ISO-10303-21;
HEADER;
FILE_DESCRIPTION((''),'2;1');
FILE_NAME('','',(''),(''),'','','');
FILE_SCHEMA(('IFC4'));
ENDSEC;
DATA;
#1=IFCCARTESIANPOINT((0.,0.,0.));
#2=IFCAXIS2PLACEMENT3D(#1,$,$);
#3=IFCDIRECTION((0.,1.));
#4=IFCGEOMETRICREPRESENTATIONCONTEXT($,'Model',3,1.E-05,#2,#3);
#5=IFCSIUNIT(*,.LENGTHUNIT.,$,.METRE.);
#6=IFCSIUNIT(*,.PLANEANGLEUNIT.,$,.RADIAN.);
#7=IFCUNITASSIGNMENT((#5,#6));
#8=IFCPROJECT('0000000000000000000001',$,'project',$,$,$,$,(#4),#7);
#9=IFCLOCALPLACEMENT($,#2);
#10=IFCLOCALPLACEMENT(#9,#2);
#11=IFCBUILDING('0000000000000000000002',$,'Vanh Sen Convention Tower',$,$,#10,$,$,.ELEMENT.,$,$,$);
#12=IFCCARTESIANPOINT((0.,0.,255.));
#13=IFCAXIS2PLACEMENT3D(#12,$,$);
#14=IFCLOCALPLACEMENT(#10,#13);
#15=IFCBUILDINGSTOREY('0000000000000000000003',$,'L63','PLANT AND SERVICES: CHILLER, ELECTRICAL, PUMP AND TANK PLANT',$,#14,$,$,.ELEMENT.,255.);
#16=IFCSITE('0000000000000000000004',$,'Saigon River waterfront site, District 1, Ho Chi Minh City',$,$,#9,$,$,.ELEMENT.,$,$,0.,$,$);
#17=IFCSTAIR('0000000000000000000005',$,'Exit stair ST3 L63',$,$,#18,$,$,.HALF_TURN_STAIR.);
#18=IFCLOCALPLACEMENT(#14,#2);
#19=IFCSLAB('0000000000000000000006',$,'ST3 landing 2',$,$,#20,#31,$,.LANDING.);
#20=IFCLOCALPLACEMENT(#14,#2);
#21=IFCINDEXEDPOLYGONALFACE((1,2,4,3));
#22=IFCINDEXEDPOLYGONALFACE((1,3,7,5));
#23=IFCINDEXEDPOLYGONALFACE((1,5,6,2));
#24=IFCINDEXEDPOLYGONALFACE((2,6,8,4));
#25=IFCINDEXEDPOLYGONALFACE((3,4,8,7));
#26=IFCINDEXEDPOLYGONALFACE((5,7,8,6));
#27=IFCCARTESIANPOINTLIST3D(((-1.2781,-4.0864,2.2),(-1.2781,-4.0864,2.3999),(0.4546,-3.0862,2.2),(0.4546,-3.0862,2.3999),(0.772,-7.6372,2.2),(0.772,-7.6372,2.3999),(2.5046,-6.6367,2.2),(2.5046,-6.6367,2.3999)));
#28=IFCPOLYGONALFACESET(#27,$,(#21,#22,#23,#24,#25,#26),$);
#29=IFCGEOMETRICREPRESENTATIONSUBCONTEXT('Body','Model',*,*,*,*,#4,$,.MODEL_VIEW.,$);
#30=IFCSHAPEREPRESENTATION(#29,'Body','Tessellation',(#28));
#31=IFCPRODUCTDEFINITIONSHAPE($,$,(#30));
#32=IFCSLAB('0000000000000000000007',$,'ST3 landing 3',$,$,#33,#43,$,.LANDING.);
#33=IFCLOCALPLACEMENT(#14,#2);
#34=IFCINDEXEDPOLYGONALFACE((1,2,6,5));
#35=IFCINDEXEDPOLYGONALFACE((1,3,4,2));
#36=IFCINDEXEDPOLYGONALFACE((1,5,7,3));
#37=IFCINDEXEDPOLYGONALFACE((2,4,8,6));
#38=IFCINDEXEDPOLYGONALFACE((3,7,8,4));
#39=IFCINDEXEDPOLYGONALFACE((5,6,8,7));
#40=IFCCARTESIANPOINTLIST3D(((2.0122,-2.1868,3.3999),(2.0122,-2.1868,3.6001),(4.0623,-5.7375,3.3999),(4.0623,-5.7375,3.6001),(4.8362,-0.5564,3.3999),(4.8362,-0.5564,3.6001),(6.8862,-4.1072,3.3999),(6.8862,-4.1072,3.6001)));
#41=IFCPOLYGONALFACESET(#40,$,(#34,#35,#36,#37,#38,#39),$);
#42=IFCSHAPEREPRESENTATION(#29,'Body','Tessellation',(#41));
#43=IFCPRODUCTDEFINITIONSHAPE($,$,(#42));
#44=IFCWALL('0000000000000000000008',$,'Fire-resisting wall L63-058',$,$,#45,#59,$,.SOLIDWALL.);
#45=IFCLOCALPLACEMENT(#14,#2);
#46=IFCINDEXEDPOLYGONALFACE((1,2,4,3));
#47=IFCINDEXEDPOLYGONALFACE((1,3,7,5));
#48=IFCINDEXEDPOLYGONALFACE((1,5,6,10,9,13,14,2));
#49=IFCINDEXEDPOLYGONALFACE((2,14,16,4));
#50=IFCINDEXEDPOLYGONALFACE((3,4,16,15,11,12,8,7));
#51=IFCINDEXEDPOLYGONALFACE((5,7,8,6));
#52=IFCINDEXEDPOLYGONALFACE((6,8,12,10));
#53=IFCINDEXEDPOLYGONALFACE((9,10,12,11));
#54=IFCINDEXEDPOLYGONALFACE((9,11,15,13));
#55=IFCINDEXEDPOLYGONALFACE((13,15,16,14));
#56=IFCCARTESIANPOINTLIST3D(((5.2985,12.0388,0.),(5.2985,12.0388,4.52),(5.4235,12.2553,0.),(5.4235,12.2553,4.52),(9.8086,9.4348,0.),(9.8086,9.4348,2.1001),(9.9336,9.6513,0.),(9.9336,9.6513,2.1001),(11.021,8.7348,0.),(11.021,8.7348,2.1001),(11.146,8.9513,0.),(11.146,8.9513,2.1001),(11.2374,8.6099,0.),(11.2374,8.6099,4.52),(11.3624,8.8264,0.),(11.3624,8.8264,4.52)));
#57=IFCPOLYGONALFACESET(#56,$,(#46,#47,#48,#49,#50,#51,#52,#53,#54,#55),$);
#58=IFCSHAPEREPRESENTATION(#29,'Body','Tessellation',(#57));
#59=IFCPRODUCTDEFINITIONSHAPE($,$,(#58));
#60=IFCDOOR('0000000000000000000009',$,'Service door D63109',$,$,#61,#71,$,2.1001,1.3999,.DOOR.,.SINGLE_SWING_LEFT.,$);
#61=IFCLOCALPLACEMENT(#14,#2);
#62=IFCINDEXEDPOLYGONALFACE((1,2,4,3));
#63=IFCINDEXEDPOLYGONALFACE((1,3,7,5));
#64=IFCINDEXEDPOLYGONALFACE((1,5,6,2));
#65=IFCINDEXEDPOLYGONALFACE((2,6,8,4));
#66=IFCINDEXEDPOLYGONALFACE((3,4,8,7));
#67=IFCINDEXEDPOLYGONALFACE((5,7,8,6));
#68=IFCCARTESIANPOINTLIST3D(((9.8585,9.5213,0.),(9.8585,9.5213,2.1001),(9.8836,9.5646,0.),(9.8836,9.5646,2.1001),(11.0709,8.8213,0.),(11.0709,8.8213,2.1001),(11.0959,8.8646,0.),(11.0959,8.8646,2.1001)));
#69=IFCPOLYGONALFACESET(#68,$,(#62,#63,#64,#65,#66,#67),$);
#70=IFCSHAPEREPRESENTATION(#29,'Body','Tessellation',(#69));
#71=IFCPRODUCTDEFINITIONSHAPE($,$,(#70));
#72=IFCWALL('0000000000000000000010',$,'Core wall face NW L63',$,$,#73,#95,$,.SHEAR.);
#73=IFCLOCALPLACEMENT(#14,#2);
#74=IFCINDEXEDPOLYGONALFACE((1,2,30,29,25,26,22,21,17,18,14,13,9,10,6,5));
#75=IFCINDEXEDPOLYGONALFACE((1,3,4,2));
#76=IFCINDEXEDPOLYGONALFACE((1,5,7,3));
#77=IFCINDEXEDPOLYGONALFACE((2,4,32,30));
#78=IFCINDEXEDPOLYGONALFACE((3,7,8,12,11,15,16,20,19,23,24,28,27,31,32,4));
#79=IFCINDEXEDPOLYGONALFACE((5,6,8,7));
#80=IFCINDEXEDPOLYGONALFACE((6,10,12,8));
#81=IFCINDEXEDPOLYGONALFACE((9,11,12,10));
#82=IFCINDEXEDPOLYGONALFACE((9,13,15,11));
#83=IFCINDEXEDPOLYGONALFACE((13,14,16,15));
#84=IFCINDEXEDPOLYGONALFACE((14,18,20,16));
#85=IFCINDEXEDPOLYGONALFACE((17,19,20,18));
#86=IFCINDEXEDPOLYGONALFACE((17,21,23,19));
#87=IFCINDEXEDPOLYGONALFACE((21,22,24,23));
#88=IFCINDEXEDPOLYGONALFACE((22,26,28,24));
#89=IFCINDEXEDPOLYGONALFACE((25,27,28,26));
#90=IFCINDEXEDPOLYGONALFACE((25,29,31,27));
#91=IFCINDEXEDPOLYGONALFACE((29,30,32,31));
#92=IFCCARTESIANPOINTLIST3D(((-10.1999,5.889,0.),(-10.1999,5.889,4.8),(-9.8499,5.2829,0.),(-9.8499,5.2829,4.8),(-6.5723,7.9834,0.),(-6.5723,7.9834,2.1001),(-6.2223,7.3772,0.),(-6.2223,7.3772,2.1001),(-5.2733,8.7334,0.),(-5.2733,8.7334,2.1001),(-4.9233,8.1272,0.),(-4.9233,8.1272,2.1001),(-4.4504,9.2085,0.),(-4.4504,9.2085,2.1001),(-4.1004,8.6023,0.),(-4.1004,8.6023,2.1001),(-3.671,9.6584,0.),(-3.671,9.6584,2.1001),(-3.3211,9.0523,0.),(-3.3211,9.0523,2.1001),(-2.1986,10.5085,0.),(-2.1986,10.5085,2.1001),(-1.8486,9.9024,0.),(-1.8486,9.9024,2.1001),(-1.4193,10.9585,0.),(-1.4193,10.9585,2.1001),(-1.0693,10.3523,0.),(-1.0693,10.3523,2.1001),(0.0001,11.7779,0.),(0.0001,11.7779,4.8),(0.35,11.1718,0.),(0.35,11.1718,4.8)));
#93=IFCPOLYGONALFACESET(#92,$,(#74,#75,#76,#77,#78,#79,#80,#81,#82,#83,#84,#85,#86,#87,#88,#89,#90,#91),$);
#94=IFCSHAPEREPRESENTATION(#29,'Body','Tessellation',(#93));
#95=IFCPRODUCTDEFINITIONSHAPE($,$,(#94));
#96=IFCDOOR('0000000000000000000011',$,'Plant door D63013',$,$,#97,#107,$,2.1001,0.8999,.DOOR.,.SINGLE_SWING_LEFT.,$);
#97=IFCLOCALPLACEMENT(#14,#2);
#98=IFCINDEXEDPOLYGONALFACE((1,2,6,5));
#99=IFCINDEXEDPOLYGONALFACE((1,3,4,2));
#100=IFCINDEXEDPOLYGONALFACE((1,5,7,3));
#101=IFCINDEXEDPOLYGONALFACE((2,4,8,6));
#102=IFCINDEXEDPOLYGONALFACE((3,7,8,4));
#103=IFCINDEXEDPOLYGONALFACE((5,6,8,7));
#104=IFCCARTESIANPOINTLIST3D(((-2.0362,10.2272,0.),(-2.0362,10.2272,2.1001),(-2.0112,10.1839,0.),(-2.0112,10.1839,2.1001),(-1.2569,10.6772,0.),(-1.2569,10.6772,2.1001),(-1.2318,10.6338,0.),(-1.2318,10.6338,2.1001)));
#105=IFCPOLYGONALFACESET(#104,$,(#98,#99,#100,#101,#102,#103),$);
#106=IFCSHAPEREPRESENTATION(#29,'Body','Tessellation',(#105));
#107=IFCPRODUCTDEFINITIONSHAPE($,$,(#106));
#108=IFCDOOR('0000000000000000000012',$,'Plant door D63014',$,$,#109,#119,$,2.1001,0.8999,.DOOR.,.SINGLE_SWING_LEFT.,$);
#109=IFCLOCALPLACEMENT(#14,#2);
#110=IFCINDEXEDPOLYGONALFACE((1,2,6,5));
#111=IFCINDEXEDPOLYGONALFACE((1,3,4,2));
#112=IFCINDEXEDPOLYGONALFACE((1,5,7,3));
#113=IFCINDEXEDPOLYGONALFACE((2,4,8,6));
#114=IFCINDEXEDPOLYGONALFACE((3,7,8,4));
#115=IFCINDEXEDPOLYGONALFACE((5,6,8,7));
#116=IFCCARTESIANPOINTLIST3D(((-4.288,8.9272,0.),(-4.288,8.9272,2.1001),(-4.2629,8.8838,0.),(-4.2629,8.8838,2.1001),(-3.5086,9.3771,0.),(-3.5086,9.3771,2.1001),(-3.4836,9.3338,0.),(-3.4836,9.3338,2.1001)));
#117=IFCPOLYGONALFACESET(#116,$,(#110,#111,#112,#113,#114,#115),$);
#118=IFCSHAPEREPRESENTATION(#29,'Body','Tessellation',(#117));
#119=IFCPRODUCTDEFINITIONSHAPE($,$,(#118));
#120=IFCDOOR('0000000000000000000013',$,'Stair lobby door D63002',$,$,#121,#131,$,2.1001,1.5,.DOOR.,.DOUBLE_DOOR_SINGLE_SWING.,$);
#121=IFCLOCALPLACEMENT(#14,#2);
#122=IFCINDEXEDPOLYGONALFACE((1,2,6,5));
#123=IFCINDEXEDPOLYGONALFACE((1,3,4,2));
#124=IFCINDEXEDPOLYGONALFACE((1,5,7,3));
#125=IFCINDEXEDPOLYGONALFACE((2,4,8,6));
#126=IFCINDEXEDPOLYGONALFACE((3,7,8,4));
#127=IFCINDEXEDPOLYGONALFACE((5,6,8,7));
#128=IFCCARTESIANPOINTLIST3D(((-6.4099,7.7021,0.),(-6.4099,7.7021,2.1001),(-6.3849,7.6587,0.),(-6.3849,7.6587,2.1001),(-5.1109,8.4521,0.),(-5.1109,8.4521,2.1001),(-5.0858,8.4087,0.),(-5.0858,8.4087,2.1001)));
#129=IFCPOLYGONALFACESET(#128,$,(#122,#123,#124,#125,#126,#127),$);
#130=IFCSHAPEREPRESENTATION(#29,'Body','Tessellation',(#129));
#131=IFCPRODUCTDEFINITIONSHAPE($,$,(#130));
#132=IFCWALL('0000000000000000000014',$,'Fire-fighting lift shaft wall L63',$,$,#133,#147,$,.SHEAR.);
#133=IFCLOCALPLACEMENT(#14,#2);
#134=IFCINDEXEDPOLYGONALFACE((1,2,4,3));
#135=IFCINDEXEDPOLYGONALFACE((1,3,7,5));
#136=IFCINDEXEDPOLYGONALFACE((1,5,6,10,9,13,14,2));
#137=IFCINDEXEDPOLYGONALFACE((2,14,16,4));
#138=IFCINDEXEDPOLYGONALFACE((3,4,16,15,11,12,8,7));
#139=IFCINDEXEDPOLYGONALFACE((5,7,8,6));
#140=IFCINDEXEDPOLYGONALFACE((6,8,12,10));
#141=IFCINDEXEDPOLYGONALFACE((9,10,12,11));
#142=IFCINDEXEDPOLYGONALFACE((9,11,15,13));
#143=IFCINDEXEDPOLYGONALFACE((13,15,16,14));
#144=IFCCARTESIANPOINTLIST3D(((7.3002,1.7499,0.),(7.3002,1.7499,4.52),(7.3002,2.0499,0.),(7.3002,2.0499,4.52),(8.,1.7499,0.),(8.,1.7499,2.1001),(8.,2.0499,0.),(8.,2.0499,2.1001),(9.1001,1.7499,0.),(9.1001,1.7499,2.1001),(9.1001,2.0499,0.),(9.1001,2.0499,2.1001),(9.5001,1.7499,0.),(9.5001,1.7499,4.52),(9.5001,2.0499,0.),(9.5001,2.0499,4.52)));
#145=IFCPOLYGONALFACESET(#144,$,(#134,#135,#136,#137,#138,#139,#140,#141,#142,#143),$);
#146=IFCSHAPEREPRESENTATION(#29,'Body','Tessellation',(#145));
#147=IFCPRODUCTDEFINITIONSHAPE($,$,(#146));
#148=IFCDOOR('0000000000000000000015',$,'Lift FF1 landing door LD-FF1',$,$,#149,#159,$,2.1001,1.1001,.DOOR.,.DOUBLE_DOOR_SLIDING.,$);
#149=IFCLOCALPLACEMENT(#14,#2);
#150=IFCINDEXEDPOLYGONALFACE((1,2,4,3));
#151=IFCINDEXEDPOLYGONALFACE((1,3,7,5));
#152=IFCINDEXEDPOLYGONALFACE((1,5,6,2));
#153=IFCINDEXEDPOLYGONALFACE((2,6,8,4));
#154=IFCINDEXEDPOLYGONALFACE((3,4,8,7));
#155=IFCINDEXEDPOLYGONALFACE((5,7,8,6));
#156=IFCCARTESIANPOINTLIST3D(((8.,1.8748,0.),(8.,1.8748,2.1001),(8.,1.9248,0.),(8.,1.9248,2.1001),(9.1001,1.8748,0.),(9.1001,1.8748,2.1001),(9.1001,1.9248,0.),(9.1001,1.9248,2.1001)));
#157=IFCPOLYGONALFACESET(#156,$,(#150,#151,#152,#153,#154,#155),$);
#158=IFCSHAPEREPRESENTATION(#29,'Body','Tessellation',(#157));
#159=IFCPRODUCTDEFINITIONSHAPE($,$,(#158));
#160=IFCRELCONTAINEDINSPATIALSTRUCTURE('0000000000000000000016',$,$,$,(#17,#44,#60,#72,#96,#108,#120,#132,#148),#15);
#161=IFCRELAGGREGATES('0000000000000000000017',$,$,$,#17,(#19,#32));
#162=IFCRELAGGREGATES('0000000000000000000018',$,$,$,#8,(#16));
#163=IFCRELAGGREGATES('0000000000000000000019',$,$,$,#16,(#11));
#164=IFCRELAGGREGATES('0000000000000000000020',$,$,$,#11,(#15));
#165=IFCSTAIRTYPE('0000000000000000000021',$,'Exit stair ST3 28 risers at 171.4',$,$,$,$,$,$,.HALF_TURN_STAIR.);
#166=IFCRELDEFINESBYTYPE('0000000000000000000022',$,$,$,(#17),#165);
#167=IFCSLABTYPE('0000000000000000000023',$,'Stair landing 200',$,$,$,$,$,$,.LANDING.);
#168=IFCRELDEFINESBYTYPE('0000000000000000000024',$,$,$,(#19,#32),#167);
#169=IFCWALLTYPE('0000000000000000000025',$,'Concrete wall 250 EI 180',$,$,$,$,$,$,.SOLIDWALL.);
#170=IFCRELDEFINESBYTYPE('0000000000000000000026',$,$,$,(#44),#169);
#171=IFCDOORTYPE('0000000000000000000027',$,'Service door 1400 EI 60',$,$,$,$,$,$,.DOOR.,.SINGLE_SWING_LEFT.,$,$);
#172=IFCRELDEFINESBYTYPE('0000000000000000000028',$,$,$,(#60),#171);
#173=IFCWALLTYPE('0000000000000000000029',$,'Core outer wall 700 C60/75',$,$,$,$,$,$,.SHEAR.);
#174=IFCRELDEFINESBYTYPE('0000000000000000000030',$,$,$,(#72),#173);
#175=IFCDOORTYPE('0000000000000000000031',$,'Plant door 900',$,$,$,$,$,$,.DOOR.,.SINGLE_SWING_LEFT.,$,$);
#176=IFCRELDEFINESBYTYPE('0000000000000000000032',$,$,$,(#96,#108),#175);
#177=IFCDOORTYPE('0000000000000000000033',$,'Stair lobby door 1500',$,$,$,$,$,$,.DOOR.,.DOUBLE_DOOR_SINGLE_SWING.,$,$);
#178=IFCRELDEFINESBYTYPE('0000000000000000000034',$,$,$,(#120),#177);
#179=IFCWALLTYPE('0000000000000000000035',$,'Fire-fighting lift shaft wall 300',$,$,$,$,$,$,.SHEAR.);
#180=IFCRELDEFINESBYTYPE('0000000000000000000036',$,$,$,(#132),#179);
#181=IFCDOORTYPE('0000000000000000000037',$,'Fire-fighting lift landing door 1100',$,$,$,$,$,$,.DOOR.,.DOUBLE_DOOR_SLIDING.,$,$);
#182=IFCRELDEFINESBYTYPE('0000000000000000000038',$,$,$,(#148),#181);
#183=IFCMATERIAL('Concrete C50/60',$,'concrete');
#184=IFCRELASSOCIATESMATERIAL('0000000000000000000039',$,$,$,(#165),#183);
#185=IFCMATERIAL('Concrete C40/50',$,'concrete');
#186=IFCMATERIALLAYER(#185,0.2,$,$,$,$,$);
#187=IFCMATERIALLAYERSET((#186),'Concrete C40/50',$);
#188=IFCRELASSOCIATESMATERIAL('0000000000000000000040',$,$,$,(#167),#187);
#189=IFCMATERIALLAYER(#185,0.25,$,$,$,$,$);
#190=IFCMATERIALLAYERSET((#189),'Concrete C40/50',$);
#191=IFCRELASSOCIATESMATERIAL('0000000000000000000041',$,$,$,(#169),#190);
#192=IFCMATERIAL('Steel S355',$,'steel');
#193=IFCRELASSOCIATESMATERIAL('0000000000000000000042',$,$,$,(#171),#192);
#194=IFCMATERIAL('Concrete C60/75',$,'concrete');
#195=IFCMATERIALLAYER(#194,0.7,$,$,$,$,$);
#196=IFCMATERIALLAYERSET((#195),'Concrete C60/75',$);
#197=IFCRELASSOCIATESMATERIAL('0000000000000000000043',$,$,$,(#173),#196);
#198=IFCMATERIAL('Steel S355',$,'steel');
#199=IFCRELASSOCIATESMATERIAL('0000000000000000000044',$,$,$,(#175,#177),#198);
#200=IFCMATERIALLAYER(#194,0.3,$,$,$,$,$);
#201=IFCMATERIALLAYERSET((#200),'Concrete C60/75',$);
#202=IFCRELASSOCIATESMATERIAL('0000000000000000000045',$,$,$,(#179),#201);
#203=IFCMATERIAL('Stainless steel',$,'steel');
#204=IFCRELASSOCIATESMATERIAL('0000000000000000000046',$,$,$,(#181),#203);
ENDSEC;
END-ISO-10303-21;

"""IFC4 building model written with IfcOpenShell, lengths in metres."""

from ifc_helpers import new_model, si_unit, direction, frame, frame_2d, origin, place, context, subcontext, project, spatial, polyline, rectangle, outline, extrude, material, layer, layer_set, type_object, element, fill, aggregate, save


model = new_model("IFC4")

# Units and contexts
model_context = context("Model", 3, precision=1e-05, world=origin(), true_north=direction((0.0, 1.0)))
body_context = subcontext(model_context, "Body", "Model", "MODEL_VIEW")
ifc_project = project(units=[si_unit("LENGTHUNIT", "METRE"), si_unit("PLANEANGLEUNIT", "RADIAN")], contexts=[model_context])

# Site, building, storey
site_placement = place(None, origin())
site = spatial("IfcSite", under=ifc_project, at=site_placement, Name="Saigon River waterfront site, District 1, Ho Chi Minh City", CompositionType="ELEMENT", RefElevation=0.0)
building_placement = place(site_placement, origin())
building = spatial("IfcBuilding", under=site, at=building_placement, Name="Vanh Sen Convention Tower", CompositionType="ELEMENT")
storey_placement = place(building_placement, frame((0.0, 0.0, 255.0)))
storey = spatial("IfcBuildingStorey", under=building, at=storey_placement, Name="L63", Description="PLANT AND SERVICES: CHILLER, ELECTRICAL, PUMP AND TANK PLANT", CompositionType="ELEMENT", Elevation=255.0)

# Stair, slabs
ifc_material_1 = material(Name="Concrete C50/60", Category="concrete")
stair_type = type_object("IfcStairType", Name="Exit stair ST3 28 risers at 171.4", PredefinedType="HALF_TURN_STAIR", material=ifc_material_1)
stair_placement = place(storey_placement, origin())
stair = element("IfcStair", 1, at=stair_placement, inside=storey, type_object=stair_type, Name="Exit stair ST3 L63", PredefinedType="HALF_TURN_STAIR")
ifc_material_2 = material(Name="Concrete C40/50", Category="concrete")
ifc_layer_1 = layer(ifc_material_2, 0.2)
ifc_layer_set_1 = layer_set([ifc_layer_1], Name="Concrete C40/50")
slab_type = type_object("IfcSlabType", Name="Stair landing 200", PredefinedType="LANDING", material=ifc_layer_set_1)
slab_1_placement = place(storey_placement, frame((0.0, 0.0, 2.2)))
slab_1 = element("IfcSlab", 2, at=slab_1_placement, type_object=slab_type, Name="ST3 landing 2", PredefinedType="LANDING", context=body_context, shape_type="SweptSolid", body=[
    extrude(outline(polyline([(0.772, -7.6372), (2.5046, -6.6367), (0.4546, -3.0862), (-1.2781, -4.0864), (0.772, -7.6372)])), origin(), (0.0, 0.0, 1.0), 0.2),
])
slab_2_placement = place(storey_placement, frame((0.0, 0.0, 3.3999)))
slab_2 = element("IfcSlab", 3, at=slab_2_placement, type_object=slab_type, Name="ST3 landing 3", PredefinedType="LANDING", context=body_context, shape_type="SweptSolid", body=[
    extrude(outline(polyline([(4.0623, -5.7375), (6.8862, -4.1072), (4.8362, -0.5564), (2.0122, -2.1868), (4.0623, -5.7375)])), origin(), (0.0, 0.0, 1.0), 0.2002),
])
aggregate(stair, [slab_1, slab_2])

# Wall, opening, door
ifc_layer_2 = layer(ifc_material_2, 0.25)
ifc_layer_set_2 = layer_set([ifc_layer_2], Name="Concrete C40/50")
wall_type_1 = type_object("IfcWallType", Name="Concrete wall 250 EI 180", PredefinedType="SOLIDWALL", material=ifc_layer_set_2)
wall_1_placement = place(storey_placement, frame((5.3611, 12.147, 0.0), z_axis=(0.0, 0.0, 1.0), x_axis=(0.86602, -0.50001, 0.0)))
wall_1 = element("IfcWall", 4, at=wall_1_placement, inside=storey, type_object=wall_type_1, Name="Fire-resisting wall L63-058", PredefinedType="SOLIDWALL", context=body_context, shape_type="SweptSolid", body=[
    extrude(rectangle(XDim=6.8577, YDim=0.25, at=frame_2d((3.4287, 0.0))), origin(), (0.0, 0.0, 1.0), 4.52),
])
opening_1_placement = place(wall_1_placement, frame((5.2078, 0.0, 0.0)))
opening_1 = element("IfcOpeningElement", 5, at=opening_1_placement, cuts=wall_1, PredefinedType="OPENING", context=body_context, shape_type="SweptSolid", body=[
    extrude(rectangle(XDim=1.3999, YDim=2.1001, at=frame_2d((0.7, 1.05))), frame((0.0, 0.135, 0.0), z_axis=(0.0, -1.0, 0.0), x_axis=(1.0, 0.0, 0.0)), (0.0, 0.0, 1.0), 0.27),
])
ifc_material_3 = material(Name="Steel S355", Category="steel")
door_type_1 = type_object("IfcDoorType", Name="Service door 1400 EI 60", OperationType="SINGLE_SWING_LEFT", PredefinedType="DOOR", material=ifc_material_3)
door_1_placement = place(opening_1_placement, origin())
door_1 = element("IfcDoor", 6, at=door_1_placement, inside=storey, type_object=door_type_1, Name="Service door D63109", OperationType="SINGLE_SWING_LEFT", OverallHeight=2.1001, OverallWidth=1.3999, PredefinedType="DOOR", context=body_context, shape_type="SweptSolid", body=[
    extrude(rectangle(XDim=1.3999, YDim=2.1001, at=frame_2d((0.7, 1.05))), frame((0.0, 0.0249, 0.0), z_axis=(0.0, -1.0, 0.0), x_axis=(1.0, 0.0, 0.0)), (0.0, 0.0, 1.0), 0.05),
])
fill(opening_1, door_1)

# Wall, openings, doors
ifc_material_4 = material(Name="Concrete C60/75", Category="concrete")
ifc_layer_3 = layer(ifc_material_4, 0.7)
ifc_layer_set_3 = layer_set([ifc_layer_3], Name="Concrete C60/75")
wall_type_2 = type_object("IfcWallType", Name="Core outer wall 700 C60/75", PredefinedType="SHEAR", material=ifc_layer_set_3)
wall_2_placement = place(storey_placement, frame((0.175, 11.4749, 0.0), z_axis=(0.0, 0.0, 1.0), x_axis=(-0.866026, -0.499998, 0.0)))
wall_2 = element("IfcWall", 7, at=wall_2_placement, inside=storey, type_object=wall_type_2, Name="Core wall face NW L63", PredefinedType="SHEAR", context=body_context, shape_type="SweptSolid", body=[
    extrude(rectangle(XDim=11.7778, YDim=0.7, at=frame_2d((5.8889, 0.0))), origin(), (0.0, 0.0, 1.0), 4.8),
])
opening_2_placement = place(wall_2_placement, frame((6.0891, 0.0, 0.0)))
opening_2 = element("IfcOpeningElement", 8, at=opening_2_placement, cuts=wall_2, PredefinedType="OPENING", context=body_context, shape_type="SweptSolid", body=[
    extrude(rectangle(XDim=1.5, YDim=2.1001, at=frame_2d((0.75, 1.05))), frame((0.0, 0.3599, 0.0), z_axis=(0.0, -1.0, 0.0), x_axis=(1.0, 0.0, 0.0)), (0.0, 0.0, 1.0), 0.72),
])
opening_3_placement = place(wall_2_placement, frame((1.6389, 0.0, 0.0)))
opening_3 = element("IfcOpeningElement", 9, at=opening_3_placement, cuts=wall_2, PredefinedType="OPENING", context=body_context, shape_type="SweptSolid", body=[
    extrude(rectangle(XDim=0.8999, YDim=2.1001, at=frame_2d((0.45, 1.05))), frame((0.0, 0.3599, 0.0), z_axis=(0.0, -1.0, 0.0), x_axis=(1.0, 0.0, 0.0)), (0.0, 0.0, 1.0), 0.72),
])
opening_4_placement = place(wall_2_placement, frame((4.239, 0.0, 0.0)))
opening_4 = element("IfcOpeningElement", 10, at=opening_4_placement, cuts=wall_2, PredefinedType="OPENING", context=body_context, shape_type="SweptSolid", body=[
    extrude(rectangle(XDim=0.8999, YDim=2.1001, at=frame_2d((0.45, 1.05))), frame((0.0, 0.3599, 0.0), z_axis=(0.0, -1.0, 0.0), x_axis=(1.0, 0.0, 0.0)), (0.0, 0.0, 1.0), 0.72),
])
ifc_material_5 = material(Name="Steel S355", Category="steel")
door_type_2 = type_object("IfcDoorType", Name="Plant door 900", OperationType="SINGLE_SWING_LEFT", PredefinedType="DOOR", material=ifc_material_5)
door_2_placement = place(opening_3_placement, origin())
door_2 = element("IfcDoor", 11, at=door_2_placement, inside=storey, type_object=door_type_2, Name="Plant door D63013", OperationType="SINGLE_SWING_LEFT", OverallHeight=2.1001, OverallWidth=0.8999, PredefinedType="DOOR", context=body_context, shape_type="SweptSolid", body=[
    extrude(rectangle(XDim=0.8999, YDim=2.1001, at=frame_2d((0.45, 1.05))), frame((0.0, 0.0249, 0.0), z_axis=(0.0, -1.0, 0.0), x_axis=(1.0, 0.0, 0.0)), (0.0, 0.0, 1.0), 0.05),
])
fill(opening_3, door_2)
door_3_placement = place(opening_4_placement, origin())
door_3 = element("IfcDoor", 12, at=door_3_placement, inside=storey, type_object=door_type_2, Name="Plant door D63014", OperationType="SINGLE_SWING_LEFT", OverallHeight=2.1001, OverallWidth=0.8999, PredefinedType="DOOR", context=body_context, shape_type="SweptSolid", body=[
    extrude(rectangle(XDim=0.8999, YDim=2.1001, at=frame_2d((0.45, 1.05))), frame((0.0, 0.0249, 0.0), z_axis=(0.0, -1.0, 0.0), x_axis=(1.0, 0.0, 0.0)), (0.0, 0.0, 1.0), 0.05),
])
fill(opening_4, door_3)
door_type_3 = type_object("IfcDoorType", Name="Stair lobby door 1500", OperationType="DOUBLE_DOOR_SINGLE_SWING", PredefinedType="DOOR", material=ifc_material_5)
door_4_placement = place(opening_2_placement, origin())
door_4 = element("IfcDoor", 13, at=door_4_placement, inside=storey, type_object=door_type_3, Name="Stair lobby door D63002", OperationType="DOUBLE_DOOR_SINGLE_SWING", OverallHeight=2.1001, OverallWidth=1.5, PredefinedType="DOOR", context=body_context, shape_type="SweptSolid", body=[
    extrude(rectangle(XDim=1.5, YDim=2.1001, at=frame_2d((0.75, 1.05))), frame((0.0, 0.0249, 0.0), z_axis=(0.0, -1.0, 0.0), x_axis=(1.0, 0.0, 0.0)), (0.0, 0.0, 1.0), 0.05),
])
fill(opening_2, door_4)

# Wall, opening, door
ifc_layer_4 = layer(ifc_material_4, 0.3)
ifc_layer_set_4 = layer_set([ifc_layer_4], Name="Concrete C60/75")
wall_type_3 = type_object("IfcWallType", Name="Fire-fighting lift shaft wall 300", PredefinedType="SHEAR", material=ifc_layer_set_4)
wall_3_placement = place(storey_placement, frame((7.3, 1.8999, 0.0), z_axis=(0.0, 0.0, 1.0), x_axis=(1.0, 0.0, 0.0)))
wall_3 = element("IfcWall", 14, at=wall_3_placement, inside=storey, type_object=wall_type_3, Name="Fire-fighting lift shaft wall L63", PredefinedType="SHEAR", context=body_context, shape_type="SweptSolid", body=[
    extrude(rectangle(XDim=2.2, YDim=0.3, at=frame_2d((1.1001, 0.0))), origin(), (0.0, 0.0, 1.0), 4.52),
])
opening_5_placement = place(wall_3_placement, frame((0.7, 0.0, 0.0)))
opening_5 = element("IfcOpeningElement", 15, at=opening_5_placement, cuts=wall_3, PredefinedType="OPENING", context=body_context, shape_type="SweptSolid", body=[
    extrude(rectangle(XDim=1.1001, YDim=2.1001, at=frame_2d((0.55, 1.05))), frame((0.0, 0.1599, 0.0), z_axis=(0.0, -1.0, 0.0), x_axis=(1.0, 0.0, 0.0)), (0.0, 0.0, 1.0), 0.3201),
])
ifc_material_6 = material(Name="Stainless steel", Category="steel")
door_type_4 = type_object("IfcDoorType", Name="Fire-fighting lift landing door 1100", OperationType="DOUBLE_DOOR_SLIDING", PredefinedType="DOOR", material=ifc_material_6)
door_5_placement = place(opening_5_placement, origin())
door_5 = element("IfcDoor", 16, at=door_5_placement, inside=storey, type_object=door_type_4, Name="Lift FF1 landing door LD-FF1", OperationType="DOUBLE_DOOR_SLIDING", OverallHeight=2.1001, OverallWidth=1.1001, PredefinedType="DOOR", context=body_context, shape_type="SweptSolid", body=[
    extrude(rectangle(XDim=1.1001, YDim=2.1001, at=frame_2d((0.55, 1.05))), frame((0.0, 0.0249, 0.0), z_axis=(0.0, -1.0, 0.0), x_axis=(1.0, 0.0, 0.0)), (0.0, 0.0, 1.0), 0.05),
])
fill(opening_5, door_5)

save(model, "model.ifc")
